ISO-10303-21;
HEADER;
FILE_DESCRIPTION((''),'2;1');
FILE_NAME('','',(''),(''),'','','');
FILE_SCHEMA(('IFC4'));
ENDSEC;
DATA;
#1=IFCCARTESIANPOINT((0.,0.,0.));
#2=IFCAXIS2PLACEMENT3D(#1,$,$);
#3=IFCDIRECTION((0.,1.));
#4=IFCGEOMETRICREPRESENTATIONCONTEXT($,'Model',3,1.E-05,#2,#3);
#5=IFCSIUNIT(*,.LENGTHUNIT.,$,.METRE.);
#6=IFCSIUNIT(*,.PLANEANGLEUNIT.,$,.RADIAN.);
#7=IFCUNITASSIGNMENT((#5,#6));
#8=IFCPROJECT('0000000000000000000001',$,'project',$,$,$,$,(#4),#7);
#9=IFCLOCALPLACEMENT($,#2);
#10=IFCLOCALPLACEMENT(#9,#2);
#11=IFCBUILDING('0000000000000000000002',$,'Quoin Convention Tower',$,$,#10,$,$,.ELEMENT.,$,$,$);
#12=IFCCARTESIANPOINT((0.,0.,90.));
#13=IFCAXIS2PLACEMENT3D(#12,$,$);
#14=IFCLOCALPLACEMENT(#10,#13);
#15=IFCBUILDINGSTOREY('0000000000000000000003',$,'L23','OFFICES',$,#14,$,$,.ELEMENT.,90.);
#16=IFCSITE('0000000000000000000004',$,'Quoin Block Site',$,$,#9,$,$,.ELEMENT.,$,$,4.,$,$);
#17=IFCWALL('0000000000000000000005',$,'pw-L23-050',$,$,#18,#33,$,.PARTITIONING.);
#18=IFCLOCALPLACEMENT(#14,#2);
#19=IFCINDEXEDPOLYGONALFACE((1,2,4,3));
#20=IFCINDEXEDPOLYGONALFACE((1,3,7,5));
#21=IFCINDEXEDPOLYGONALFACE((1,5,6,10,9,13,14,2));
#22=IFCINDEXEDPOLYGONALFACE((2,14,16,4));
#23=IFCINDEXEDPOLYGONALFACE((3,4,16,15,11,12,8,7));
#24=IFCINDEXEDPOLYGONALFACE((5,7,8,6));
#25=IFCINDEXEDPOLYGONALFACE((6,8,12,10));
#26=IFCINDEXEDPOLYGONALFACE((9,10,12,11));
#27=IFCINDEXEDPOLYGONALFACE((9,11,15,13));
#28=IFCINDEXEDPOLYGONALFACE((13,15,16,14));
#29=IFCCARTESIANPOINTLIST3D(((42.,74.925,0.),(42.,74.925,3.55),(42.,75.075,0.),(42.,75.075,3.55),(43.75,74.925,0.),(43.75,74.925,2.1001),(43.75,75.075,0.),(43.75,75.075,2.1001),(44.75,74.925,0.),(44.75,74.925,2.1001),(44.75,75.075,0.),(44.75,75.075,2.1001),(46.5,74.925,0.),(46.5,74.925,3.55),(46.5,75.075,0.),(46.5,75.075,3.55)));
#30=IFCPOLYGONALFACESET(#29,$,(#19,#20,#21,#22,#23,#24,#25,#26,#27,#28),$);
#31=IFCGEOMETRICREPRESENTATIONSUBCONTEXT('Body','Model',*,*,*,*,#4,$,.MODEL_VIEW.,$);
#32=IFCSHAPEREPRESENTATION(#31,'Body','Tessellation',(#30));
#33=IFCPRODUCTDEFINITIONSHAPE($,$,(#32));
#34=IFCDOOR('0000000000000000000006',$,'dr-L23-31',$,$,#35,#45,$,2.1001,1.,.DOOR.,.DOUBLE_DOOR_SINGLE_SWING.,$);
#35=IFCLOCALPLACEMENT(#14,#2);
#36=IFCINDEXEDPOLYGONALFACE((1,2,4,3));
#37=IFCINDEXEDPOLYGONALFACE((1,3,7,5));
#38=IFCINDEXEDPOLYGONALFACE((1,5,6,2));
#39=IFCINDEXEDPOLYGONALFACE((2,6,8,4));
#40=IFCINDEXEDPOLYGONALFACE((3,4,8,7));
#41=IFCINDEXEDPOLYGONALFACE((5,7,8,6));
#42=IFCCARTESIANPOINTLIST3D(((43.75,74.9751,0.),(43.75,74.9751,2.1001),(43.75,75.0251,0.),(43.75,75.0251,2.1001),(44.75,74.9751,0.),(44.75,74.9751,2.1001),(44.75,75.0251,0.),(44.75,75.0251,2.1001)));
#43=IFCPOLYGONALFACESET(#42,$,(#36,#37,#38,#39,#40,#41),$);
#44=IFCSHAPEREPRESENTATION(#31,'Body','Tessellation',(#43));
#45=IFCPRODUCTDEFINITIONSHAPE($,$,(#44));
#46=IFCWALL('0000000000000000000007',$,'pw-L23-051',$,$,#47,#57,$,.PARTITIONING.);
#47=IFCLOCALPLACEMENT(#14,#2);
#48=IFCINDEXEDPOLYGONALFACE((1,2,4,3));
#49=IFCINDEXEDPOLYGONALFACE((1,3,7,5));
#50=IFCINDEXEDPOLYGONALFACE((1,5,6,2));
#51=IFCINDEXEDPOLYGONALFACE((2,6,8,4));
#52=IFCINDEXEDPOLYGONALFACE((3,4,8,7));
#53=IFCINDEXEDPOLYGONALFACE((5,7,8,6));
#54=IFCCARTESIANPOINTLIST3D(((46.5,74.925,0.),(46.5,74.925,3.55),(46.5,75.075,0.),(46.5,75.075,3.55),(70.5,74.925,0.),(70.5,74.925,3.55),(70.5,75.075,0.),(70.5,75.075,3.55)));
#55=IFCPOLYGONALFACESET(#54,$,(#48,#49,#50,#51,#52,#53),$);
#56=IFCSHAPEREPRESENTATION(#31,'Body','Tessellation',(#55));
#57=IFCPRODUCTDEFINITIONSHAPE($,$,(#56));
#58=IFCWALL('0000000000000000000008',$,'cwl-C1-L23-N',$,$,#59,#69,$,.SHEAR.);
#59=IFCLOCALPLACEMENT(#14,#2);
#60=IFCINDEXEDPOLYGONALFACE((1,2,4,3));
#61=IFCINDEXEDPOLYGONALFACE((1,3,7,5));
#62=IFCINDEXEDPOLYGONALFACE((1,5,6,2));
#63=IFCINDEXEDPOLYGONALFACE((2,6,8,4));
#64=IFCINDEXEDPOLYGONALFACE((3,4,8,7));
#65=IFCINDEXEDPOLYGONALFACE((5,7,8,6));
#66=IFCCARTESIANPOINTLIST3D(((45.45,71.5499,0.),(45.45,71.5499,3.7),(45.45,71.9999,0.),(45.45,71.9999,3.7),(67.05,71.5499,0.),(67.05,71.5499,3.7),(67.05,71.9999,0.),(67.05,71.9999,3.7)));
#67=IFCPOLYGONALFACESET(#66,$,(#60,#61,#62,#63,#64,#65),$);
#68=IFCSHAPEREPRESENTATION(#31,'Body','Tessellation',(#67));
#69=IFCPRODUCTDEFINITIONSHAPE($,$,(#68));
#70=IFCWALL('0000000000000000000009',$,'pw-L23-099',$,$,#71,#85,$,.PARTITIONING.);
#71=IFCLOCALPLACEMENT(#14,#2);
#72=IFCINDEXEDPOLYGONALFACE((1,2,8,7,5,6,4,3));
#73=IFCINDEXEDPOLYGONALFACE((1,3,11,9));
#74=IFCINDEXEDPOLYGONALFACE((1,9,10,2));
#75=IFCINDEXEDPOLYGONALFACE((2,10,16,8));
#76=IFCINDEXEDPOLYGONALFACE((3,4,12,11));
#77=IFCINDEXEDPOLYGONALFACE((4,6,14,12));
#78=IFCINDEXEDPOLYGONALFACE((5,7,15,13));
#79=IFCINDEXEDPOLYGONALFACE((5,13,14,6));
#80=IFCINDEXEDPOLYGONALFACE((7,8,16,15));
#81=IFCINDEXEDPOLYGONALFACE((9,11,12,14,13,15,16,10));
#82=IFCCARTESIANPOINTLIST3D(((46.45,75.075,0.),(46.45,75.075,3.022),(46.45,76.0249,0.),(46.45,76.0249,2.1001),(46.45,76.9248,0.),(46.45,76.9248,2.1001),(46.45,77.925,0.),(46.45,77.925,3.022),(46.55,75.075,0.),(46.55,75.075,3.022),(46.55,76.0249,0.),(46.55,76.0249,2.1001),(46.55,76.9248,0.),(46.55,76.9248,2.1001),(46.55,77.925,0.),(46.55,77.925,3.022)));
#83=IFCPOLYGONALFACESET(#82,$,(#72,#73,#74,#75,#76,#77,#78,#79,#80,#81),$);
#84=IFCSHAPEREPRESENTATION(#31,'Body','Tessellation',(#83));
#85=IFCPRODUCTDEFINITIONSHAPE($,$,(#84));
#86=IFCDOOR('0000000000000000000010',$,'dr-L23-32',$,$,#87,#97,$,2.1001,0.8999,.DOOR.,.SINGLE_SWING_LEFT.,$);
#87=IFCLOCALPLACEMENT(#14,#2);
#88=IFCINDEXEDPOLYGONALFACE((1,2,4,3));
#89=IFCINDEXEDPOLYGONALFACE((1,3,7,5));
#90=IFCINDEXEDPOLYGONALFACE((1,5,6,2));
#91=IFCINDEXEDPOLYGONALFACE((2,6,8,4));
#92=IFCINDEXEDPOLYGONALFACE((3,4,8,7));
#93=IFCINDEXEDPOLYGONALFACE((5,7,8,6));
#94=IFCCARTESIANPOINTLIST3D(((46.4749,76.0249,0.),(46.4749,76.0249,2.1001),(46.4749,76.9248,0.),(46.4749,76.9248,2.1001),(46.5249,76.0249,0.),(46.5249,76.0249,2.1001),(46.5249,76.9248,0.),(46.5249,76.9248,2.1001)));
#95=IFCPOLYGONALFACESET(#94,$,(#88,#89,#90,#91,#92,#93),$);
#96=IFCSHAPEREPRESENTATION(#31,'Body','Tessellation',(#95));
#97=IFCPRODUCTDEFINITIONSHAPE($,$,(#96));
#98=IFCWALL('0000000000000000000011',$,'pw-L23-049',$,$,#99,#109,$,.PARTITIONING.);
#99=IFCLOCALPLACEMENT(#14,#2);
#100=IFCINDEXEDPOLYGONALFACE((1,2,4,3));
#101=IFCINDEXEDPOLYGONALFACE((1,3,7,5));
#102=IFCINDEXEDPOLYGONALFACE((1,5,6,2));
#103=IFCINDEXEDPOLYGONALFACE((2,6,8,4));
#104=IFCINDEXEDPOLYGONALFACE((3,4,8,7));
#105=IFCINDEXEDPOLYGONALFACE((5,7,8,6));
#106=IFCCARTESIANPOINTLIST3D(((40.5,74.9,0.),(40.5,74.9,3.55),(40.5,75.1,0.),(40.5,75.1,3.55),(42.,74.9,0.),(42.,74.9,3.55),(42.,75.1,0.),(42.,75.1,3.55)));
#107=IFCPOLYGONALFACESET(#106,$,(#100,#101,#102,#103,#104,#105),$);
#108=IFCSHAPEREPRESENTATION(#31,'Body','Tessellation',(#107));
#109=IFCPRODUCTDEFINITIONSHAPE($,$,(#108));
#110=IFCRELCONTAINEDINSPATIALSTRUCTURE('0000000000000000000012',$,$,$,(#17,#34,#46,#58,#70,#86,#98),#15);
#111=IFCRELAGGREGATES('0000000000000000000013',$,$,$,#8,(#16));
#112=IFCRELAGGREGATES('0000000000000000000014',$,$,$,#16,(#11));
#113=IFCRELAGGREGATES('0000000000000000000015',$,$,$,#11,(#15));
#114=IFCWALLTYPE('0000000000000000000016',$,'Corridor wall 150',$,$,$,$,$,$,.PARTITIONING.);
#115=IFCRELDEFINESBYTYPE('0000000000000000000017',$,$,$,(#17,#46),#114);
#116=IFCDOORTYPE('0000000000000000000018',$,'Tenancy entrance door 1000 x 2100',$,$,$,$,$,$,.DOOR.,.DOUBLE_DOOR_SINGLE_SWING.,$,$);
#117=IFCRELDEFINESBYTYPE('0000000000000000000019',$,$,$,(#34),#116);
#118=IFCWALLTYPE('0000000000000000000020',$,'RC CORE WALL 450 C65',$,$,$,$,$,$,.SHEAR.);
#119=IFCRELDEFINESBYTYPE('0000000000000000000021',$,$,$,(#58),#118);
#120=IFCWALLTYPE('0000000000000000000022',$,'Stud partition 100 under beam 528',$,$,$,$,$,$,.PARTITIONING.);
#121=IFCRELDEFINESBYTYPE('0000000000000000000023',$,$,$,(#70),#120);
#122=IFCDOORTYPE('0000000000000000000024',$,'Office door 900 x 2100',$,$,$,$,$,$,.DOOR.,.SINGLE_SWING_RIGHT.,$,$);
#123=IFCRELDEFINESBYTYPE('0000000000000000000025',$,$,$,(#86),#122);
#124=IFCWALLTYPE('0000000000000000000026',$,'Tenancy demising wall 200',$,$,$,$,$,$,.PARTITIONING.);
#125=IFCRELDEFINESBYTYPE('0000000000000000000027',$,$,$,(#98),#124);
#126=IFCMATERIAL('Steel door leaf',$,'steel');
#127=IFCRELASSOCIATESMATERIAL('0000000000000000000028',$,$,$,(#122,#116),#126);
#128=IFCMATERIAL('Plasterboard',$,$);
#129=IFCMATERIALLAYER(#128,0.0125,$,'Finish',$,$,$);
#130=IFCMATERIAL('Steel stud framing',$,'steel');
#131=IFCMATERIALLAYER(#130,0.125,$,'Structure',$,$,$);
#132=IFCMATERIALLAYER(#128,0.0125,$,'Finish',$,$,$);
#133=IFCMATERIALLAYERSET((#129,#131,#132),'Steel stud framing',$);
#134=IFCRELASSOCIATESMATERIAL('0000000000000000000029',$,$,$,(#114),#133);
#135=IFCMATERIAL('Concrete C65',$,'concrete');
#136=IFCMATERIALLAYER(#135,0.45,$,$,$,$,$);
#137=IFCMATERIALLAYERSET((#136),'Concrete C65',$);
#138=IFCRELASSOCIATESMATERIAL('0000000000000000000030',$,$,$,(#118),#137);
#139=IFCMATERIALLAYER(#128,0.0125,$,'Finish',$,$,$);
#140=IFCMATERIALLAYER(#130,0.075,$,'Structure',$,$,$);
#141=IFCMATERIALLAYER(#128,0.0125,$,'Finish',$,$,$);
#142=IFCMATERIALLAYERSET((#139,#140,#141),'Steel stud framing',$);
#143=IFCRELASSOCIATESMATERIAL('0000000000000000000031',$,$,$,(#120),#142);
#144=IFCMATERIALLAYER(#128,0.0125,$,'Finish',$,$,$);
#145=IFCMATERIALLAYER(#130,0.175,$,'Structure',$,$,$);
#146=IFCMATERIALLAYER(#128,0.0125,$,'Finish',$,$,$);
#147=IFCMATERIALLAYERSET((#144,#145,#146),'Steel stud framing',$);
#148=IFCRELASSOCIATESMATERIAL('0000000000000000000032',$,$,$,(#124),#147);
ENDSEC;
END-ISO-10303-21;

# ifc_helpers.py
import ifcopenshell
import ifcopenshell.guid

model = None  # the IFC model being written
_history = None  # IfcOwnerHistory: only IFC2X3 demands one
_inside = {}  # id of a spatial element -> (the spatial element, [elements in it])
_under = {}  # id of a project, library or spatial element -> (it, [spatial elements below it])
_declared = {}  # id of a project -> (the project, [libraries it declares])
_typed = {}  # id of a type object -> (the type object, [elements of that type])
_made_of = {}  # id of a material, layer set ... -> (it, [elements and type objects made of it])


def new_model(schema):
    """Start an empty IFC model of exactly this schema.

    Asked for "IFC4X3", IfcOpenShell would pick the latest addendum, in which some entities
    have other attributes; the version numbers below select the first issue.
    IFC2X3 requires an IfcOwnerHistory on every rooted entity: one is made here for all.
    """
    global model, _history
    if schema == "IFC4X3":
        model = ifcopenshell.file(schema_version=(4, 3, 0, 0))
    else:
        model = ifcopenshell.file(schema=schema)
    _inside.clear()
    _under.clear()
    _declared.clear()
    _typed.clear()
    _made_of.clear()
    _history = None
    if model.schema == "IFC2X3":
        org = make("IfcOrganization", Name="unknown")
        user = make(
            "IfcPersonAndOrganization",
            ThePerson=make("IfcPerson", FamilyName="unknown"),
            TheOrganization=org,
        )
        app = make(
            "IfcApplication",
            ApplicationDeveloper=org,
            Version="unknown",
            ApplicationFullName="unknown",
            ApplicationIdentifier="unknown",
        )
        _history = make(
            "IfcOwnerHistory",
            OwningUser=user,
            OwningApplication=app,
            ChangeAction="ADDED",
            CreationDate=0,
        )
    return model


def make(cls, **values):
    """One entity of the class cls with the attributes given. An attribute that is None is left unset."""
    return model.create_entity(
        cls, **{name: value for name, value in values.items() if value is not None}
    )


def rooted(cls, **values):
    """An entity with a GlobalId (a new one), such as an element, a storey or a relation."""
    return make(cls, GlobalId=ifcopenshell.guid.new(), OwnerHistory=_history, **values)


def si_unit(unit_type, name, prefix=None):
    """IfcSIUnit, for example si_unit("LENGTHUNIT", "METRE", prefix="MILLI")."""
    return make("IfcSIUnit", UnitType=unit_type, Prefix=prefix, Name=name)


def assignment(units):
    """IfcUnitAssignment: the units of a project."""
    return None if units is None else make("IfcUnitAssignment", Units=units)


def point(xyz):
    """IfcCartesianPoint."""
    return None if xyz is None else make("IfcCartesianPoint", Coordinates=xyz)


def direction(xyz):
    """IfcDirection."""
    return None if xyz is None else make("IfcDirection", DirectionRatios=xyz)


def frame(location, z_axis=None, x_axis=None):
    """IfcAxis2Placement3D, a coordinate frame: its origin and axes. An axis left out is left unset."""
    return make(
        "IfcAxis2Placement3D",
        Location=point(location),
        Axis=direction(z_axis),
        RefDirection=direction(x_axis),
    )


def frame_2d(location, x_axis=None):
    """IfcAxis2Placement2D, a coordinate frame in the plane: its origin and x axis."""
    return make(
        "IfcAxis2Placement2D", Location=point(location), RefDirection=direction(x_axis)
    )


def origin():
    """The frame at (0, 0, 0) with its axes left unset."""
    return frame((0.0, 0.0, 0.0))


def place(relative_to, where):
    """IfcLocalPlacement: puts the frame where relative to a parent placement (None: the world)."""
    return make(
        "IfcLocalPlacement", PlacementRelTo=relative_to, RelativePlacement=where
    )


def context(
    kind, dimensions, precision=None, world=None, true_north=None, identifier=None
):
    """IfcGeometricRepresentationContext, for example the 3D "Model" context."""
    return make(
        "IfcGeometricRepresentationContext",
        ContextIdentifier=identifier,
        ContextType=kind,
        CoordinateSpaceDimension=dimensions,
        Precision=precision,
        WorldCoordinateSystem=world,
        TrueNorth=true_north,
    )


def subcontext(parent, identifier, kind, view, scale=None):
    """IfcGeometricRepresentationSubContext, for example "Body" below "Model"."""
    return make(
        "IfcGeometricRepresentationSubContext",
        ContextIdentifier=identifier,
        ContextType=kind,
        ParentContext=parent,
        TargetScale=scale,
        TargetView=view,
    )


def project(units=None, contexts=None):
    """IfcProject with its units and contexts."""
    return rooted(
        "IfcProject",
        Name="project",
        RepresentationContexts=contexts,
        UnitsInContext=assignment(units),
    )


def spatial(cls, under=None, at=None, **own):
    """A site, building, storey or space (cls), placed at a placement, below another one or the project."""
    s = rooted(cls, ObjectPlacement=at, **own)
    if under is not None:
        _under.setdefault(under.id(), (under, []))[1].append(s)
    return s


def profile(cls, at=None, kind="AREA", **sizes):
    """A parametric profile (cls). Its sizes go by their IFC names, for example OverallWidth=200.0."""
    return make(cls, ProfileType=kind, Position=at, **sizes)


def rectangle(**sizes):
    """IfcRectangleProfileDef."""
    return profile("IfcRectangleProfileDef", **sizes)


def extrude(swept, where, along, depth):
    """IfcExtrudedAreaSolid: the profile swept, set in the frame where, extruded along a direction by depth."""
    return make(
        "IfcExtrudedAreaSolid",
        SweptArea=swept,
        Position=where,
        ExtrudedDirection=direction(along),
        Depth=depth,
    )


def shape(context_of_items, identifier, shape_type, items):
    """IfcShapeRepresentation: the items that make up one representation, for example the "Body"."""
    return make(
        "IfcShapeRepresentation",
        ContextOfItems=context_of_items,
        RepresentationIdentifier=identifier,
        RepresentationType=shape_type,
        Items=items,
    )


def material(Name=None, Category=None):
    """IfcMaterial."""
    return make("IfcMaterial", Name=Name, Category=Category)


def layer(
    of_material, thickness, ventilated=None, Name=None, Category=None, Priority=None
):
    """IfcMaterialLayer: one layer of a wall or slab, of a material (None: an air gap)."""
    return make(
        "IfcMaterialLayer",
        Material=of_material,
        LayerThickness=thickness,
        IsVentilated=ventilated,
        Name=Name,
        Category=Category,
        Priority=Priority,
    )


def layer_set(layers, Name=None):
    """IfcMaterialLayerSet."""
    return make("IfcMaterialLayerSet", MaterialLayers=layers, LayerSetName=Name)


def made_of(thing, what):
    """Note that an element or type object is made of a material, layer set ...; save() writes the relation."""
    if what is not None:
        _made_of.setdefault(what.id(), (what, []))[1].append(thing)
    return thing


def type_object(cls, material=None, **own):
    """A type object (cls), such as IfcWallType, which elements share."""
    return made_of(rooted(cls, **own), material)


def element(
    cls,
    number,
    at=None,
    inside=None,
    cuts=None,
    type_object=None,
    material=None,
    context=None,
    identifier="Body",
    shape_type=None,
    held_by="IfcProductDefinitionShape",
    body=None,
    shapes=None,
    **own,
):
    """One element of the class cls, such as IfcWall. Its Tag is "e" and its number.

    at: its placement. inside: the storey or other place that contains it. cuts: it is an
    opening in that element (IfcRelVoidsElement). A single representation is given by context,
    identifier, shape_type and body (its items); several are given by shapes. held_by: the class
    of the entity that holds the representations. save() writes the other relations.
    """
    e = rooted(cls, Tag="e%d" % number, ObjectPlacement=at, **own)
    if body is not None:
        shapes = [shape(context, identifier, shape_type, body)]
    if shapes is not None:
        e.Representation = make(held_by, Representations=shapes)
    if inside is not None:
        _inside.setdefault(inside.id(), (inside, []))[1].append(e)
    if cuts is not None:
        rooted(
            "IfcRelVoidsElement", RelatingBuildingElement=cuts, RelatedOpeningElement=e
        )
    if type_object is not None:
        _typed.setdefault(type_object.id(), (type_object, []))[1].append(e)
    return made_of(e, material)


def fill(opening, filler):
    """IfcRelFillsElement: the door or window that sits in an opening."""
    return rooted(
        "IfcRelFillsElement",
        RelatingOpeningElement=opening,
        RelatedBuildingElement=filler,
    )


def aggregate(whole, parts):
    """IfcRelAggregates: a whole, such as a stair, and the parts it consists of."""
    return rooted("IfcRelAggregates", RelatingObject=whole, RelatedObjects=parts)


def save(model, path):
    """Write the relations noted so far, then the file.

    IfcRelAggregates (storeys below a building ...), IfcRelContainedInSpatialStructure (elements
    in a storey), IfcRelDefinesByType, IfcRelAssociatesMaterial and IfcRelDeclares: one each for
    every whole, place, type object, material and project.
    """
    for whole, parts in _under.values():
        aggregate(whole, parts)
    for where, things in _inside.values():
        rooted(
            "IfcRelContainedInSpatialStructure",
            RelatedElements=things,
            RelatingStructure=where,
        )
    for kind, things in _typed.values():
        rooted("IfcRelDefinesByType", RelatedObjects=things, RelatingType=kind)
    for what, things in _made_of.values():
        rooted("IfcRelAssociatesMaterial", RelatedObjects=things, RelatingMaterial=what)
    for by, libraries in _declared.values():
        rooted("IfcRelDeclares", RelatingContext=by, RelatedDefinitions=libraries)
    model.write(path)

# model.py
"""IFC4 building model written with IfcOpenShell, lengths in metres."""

from ifc_helpers import new_model, si_unit, direction, frame, frame_2d, origin, place, context, subcontext, project, spatial, rectangle, extrude, material, layer, layer_set, type_object, element, fill, save


model = new_model("IFC4")

# Units and contexts
model_context = context("Model", 3, precision=1e-05, world=origin(), true_north=direction((0.0, 1.0)))
body_context = subcontext(model_context, "Body", "Model", "MODEL_VIEW")
ifc_project = project(units=[si_unit("LENGTHUNIT", "METRE"), si_unit("PLANEANGLEUNIT", "RADIAN")], contexts=[model_context])

# Site, building, storey
site_placement = place(None, origin())
site = spatial("IfcSite", under=ifc_project, at=site_placement, Name="Quoin Block Site", CompositionType="ELEMENT", RefElevation=4.0)
building_placement = place(site_placement, origin())
building = spatial("IfcBuilding", under=site, at=building_placement, Name="Quoin Convention Tower", CompositionType="ELEMENT")
storey_placement = place(building_placement, frame((0.0, 0.0, 90.0)))
storey = spatial("IfcBuildingStorey", under=building, at=storey_placement, Name="L23", Description="OFFICES", CompositionType="ELEMENT", Elevation=90.0)

# Shared definitions
ifc_material_1 = material(Name="Concrete C65", Category="concrete")

# Shared definitions
ifc_material_2 = material(Name="Plasterboard")
ifc_material_3 = material(Name="Steel stud framing", Category="steel")

# Shared definitions
ifc_material_4 = material(Name="Steel door leaf", Category="steel")
door_type_1 = type_object("IfcDoorType", Name="Office door 900 x 2100", OperationType="SINGLE_SWING_RIGHT", PredefinedType="DOOR", material=ifc_material_4)

# Wall, opening, door
ifc_layer_1 = layer(ifc_material_2, 0.0125, Name="Finish")
ifc_layer_2 = layer(ifc_material_3, 0.125, Name="Structure")
ifc_layer_3 = layer(ifc_material_2, 0.0125, Name="Finish")
ifc_layer_set_1 = layer_set([ifc_layer_1, ifc_layer_2, ifc_layer_3], Name="Steel stud framing")
wall_type_1 = type_object("IfcWallType", Name="Corridor wall 150", PredefinedType="PARTITIONING", material=ifc_layer_set_1)
wall_1_placement = place(storey_placement, frame((42.0, 75.0, 0.0), z_axis=(0.0, 0.0, 1.0), x_axis=(1.0, 0.0, 0.0)))
wall_1 = element("IfcWall", 1, at=wall_1_placement, inside=storey, type_object=wall_type_1, Name="pw-L23-050", PredefinedType="PARTITIONING", context=body_context, shape_type="SweptSolid", body=[
    extrude(rectangle(XDim=4.5, YDim=0.1499, at=frame_2d((2.25, 0.0))), origin(), (0.0, 0.0, 1.0), 3.55),
])
opening_1_placement = place(wall_1_placement, frame((1.75, 0.0, 0.0)))
opening_1 = element("IfcOpeningElement", 2, at=opening_1_placement, cuts=wall_1, PredefinedType="OPENING", context=body_context, shape_type="SweptSolid", body=[
    extrude(rectangle(XDim=1.0, YDim=2.1001, at=frame_2d((0.5, 1.05))), frame((0.0, 0.085, 0.0), z_axis=(0.0, -1.0, 0.0), x_axis=(1.0, 0.0, 0.0)), (0.0, 0.0, 1.0), 0.1699),
])
door_type_2 = type_object("IfcDoorType", Name="Tenancy entrance door 1000 x 2100", OperationType="DOUBLE_DOOR_SINGLE_SWING", PredefinedType="DOOR", material=ifc_material_4)
door_1_placement = place(opening_1_placement, frame((1.0, 0.0, 0.0), z_axis=(0.0, 0.0, 1.0), x_axis=(-1.0, 0.0, 0.0)))
door_1 = element("IfcDoor", 3, at=door_1_placement, inside=storey, type_object=door_type_2, Name="dr-L23-31", OperationType="DOUBLE_DOOR_SINGLE_SWING", OverallHeight=2.1001, OverallWidth=1.0, PredefinedType="DOOR", context=body_context, shape_type="SweptSolid", body=[
    extrude(rectangle(XDim=1.0, YDim=2.1001, at=frame_2d((0.5, 1.05))), frame((0.0, 0.0249, 0.0), z_axis=(0.0, -1.0, 0.0), x_axis=(1.0, 0.0, 0.0)), (0.0, 0.0, 1.0), 0.05),
])
fill(opening_1, door_1)

# Walls
wall_2_placement = place(storey_placement, frame((46.5, 75.0, 0.0), z_axis=(0.0, 0.0, 1.0), x_axis=(1.0, 0.0, 0.0)))
element("IfcWall", 4, at=wall_2_placement, inside=storey, type_object=wall_type_1, Name="pw-L23-051", PredefinedType="PARTITIONING", context=body_context, shape_type="SweptSolid", body=[
    extrude(rectangle(XDim=24.0, YDim=0.1499, at=frame_2d((12.0, 0.0))), origin(), (0.0, 0.0, 1.0), 3.55),
])
ifc_layer_4 = layer(ifc_material_1, 0.45)
ifc_layer_set_2 = layer_set([ifc_layer_4], Name="Concrete C65")
wall_type_2 = type_object("IfcWallType", Name="RC CORE WALL 450 C65", PredefinedType="SHEAR", material=ifc_layer_set_2)
wall_3_placement = place(storey_placement, frame((45.45, 71.7749, 0.0), z_axis=(0.0, 0.0, 1.0), x_axis=(1.0, 0.0, 0.0)))
element("IfcWall", 5, at=wall_3_placement, inside=storey, type_object=wall_type_2, Name="cwl-C1-L23-N", PredefinedType="SHEAR", context=body_context, shape_type="SweptSolid", body=[
    extrude(rectangle(XDim=21.6001, YDim=0.45, at=frame_2d((10.8, 0.0))), origin(), (0.0, 0.0, 1.0), 3.7),
])

# Wall, opening, door
ifc_layer_5 = layer(ifc_material_2, 0.0125, Name="Finish")
ifc_layer_6 = layer(ifc_material_3, 0.075, Name="Structure")
ifc_layer_7 = layer(ifc_material_2, 0.0125, Name="Finish")
ifc_layer_set_3 = layer_set([ifc_layer_5, ifc_layer_6, ifc_layer_7], Name="Steel stud framing")
wall_type_3 = type_object("IfcWallType", Name="Stud partition 100 under beam 528", PredefinedType="PARTITIONING", material=ifc_layer_set_3)
wall_4_placement = place(storey_placement, frame((46.5, 75.075, 0.0), z_axis=(0.0, 0.0, 1.0), x_axis=(0.0, 1.0, 0.0)))
wall_4 = element("IfcWall", 6, at=wall_4_placement, inside=storey, type_object=wall_type_3, Name="pw-L23-099", PredefinedType="PARTITIONING", context=body_context, shape_type="SweptSolid", body=[
    extrude(rectangle(XDim=2.8501, YDim=0.1001, at=frame_2d((1.425, 0.0))), origin(), (0.0, 0.0, 1.0), 3.022),
])
opening_2_placement = place(wall_4_placement, frame((0.95, 0.0, 0.0)))
opening_2 = element("IfcOpeningElement", 7, at=opening_2_placement, cuts=wall_4, PredefinedType="OPENING", context=body_context, shape_type="SweptSolid", body=[
    extrude(rectangle(XDim=0.8999, YDim=2.1001, at=frame_2d((0.45, 1.05))), frame((0.0, 0.0601, 0.0), z_axis=(0.0, -1.0, 0.0), x_axis=(1.0, 0.0, 0.0)), (0.0, 0.0, 1.0), 0.1201),
])
door_2_placement = place(opening_2_placement, frame((0.8999, 0.0, 0.0), z_axis=(0.0, 0.0, 1.0), x_axis=(-1.0, 0.0, 0.0)))
door_2 = element("IfcDoor", 8, at=door_2_placement, inside=storey, type_object=door_type_1, Name="dr-L23-32", OperationType="SINGLE_SWING_LEFT", OverallHeight=2.1001, OverallWidth=0.8999, PredefinedType="DOOR", context=body_context, shape_type="SweptSolid", body=[
    extrude(rectangle(XDim=0.8999, YDim=2.1001, at=frame_2d((0.45, 1.05))), frame((0.0, 0.0249, 0.0), z_axis=(0.0, -1.0, 0.0), x_axis=(1.0, 0.0, 0.0)), (0.0, 0.0, 1.0), 0.05),
])
fill(opening_2, door_2)

# Wall
ifc_layer_8 = layer(ifc_material_2, 0.0125, Name="Finish")
ifc_layer_9 = layer(ifc_material_3, 0.175, Name="Structure")
ifc_layer_10 = layer(ifc_material_2, 0.0125, Name="Finish")
ifc_layer_set_4 = layer_set([ifc_layer_8, ifc_layer_9, ifc_layer_10], Name="Steel stud framing")
wall_type_4 = type_object("IfcWallType", Name="Tenancy demising wall 200", PredefinedType="PARTITIONING", material=ifc_layer_set_4)
wall_5_placement = place(storey_placement, frame((40.5, 75.0, 0.0), z_axis=(0.0, 0.0, 1.0), x_axis=(1.0, 0.0, 0.0)))
element("IfcWall", 9, at=wall_5_placement, inside=storey, type_object=wall_type_4, Name="pw-L23-049", PredefinedType="PARTITIONING", context=body_context, shape_type="SweptSolid", body=[
    extrude(rectangle(XDim=1.5, YDim=0.2, at=frame_2d((0.75, 0.0))), origin(), (0.0, 0.0, 1.0), 3.55),
])

save(model, "model.ifc")
